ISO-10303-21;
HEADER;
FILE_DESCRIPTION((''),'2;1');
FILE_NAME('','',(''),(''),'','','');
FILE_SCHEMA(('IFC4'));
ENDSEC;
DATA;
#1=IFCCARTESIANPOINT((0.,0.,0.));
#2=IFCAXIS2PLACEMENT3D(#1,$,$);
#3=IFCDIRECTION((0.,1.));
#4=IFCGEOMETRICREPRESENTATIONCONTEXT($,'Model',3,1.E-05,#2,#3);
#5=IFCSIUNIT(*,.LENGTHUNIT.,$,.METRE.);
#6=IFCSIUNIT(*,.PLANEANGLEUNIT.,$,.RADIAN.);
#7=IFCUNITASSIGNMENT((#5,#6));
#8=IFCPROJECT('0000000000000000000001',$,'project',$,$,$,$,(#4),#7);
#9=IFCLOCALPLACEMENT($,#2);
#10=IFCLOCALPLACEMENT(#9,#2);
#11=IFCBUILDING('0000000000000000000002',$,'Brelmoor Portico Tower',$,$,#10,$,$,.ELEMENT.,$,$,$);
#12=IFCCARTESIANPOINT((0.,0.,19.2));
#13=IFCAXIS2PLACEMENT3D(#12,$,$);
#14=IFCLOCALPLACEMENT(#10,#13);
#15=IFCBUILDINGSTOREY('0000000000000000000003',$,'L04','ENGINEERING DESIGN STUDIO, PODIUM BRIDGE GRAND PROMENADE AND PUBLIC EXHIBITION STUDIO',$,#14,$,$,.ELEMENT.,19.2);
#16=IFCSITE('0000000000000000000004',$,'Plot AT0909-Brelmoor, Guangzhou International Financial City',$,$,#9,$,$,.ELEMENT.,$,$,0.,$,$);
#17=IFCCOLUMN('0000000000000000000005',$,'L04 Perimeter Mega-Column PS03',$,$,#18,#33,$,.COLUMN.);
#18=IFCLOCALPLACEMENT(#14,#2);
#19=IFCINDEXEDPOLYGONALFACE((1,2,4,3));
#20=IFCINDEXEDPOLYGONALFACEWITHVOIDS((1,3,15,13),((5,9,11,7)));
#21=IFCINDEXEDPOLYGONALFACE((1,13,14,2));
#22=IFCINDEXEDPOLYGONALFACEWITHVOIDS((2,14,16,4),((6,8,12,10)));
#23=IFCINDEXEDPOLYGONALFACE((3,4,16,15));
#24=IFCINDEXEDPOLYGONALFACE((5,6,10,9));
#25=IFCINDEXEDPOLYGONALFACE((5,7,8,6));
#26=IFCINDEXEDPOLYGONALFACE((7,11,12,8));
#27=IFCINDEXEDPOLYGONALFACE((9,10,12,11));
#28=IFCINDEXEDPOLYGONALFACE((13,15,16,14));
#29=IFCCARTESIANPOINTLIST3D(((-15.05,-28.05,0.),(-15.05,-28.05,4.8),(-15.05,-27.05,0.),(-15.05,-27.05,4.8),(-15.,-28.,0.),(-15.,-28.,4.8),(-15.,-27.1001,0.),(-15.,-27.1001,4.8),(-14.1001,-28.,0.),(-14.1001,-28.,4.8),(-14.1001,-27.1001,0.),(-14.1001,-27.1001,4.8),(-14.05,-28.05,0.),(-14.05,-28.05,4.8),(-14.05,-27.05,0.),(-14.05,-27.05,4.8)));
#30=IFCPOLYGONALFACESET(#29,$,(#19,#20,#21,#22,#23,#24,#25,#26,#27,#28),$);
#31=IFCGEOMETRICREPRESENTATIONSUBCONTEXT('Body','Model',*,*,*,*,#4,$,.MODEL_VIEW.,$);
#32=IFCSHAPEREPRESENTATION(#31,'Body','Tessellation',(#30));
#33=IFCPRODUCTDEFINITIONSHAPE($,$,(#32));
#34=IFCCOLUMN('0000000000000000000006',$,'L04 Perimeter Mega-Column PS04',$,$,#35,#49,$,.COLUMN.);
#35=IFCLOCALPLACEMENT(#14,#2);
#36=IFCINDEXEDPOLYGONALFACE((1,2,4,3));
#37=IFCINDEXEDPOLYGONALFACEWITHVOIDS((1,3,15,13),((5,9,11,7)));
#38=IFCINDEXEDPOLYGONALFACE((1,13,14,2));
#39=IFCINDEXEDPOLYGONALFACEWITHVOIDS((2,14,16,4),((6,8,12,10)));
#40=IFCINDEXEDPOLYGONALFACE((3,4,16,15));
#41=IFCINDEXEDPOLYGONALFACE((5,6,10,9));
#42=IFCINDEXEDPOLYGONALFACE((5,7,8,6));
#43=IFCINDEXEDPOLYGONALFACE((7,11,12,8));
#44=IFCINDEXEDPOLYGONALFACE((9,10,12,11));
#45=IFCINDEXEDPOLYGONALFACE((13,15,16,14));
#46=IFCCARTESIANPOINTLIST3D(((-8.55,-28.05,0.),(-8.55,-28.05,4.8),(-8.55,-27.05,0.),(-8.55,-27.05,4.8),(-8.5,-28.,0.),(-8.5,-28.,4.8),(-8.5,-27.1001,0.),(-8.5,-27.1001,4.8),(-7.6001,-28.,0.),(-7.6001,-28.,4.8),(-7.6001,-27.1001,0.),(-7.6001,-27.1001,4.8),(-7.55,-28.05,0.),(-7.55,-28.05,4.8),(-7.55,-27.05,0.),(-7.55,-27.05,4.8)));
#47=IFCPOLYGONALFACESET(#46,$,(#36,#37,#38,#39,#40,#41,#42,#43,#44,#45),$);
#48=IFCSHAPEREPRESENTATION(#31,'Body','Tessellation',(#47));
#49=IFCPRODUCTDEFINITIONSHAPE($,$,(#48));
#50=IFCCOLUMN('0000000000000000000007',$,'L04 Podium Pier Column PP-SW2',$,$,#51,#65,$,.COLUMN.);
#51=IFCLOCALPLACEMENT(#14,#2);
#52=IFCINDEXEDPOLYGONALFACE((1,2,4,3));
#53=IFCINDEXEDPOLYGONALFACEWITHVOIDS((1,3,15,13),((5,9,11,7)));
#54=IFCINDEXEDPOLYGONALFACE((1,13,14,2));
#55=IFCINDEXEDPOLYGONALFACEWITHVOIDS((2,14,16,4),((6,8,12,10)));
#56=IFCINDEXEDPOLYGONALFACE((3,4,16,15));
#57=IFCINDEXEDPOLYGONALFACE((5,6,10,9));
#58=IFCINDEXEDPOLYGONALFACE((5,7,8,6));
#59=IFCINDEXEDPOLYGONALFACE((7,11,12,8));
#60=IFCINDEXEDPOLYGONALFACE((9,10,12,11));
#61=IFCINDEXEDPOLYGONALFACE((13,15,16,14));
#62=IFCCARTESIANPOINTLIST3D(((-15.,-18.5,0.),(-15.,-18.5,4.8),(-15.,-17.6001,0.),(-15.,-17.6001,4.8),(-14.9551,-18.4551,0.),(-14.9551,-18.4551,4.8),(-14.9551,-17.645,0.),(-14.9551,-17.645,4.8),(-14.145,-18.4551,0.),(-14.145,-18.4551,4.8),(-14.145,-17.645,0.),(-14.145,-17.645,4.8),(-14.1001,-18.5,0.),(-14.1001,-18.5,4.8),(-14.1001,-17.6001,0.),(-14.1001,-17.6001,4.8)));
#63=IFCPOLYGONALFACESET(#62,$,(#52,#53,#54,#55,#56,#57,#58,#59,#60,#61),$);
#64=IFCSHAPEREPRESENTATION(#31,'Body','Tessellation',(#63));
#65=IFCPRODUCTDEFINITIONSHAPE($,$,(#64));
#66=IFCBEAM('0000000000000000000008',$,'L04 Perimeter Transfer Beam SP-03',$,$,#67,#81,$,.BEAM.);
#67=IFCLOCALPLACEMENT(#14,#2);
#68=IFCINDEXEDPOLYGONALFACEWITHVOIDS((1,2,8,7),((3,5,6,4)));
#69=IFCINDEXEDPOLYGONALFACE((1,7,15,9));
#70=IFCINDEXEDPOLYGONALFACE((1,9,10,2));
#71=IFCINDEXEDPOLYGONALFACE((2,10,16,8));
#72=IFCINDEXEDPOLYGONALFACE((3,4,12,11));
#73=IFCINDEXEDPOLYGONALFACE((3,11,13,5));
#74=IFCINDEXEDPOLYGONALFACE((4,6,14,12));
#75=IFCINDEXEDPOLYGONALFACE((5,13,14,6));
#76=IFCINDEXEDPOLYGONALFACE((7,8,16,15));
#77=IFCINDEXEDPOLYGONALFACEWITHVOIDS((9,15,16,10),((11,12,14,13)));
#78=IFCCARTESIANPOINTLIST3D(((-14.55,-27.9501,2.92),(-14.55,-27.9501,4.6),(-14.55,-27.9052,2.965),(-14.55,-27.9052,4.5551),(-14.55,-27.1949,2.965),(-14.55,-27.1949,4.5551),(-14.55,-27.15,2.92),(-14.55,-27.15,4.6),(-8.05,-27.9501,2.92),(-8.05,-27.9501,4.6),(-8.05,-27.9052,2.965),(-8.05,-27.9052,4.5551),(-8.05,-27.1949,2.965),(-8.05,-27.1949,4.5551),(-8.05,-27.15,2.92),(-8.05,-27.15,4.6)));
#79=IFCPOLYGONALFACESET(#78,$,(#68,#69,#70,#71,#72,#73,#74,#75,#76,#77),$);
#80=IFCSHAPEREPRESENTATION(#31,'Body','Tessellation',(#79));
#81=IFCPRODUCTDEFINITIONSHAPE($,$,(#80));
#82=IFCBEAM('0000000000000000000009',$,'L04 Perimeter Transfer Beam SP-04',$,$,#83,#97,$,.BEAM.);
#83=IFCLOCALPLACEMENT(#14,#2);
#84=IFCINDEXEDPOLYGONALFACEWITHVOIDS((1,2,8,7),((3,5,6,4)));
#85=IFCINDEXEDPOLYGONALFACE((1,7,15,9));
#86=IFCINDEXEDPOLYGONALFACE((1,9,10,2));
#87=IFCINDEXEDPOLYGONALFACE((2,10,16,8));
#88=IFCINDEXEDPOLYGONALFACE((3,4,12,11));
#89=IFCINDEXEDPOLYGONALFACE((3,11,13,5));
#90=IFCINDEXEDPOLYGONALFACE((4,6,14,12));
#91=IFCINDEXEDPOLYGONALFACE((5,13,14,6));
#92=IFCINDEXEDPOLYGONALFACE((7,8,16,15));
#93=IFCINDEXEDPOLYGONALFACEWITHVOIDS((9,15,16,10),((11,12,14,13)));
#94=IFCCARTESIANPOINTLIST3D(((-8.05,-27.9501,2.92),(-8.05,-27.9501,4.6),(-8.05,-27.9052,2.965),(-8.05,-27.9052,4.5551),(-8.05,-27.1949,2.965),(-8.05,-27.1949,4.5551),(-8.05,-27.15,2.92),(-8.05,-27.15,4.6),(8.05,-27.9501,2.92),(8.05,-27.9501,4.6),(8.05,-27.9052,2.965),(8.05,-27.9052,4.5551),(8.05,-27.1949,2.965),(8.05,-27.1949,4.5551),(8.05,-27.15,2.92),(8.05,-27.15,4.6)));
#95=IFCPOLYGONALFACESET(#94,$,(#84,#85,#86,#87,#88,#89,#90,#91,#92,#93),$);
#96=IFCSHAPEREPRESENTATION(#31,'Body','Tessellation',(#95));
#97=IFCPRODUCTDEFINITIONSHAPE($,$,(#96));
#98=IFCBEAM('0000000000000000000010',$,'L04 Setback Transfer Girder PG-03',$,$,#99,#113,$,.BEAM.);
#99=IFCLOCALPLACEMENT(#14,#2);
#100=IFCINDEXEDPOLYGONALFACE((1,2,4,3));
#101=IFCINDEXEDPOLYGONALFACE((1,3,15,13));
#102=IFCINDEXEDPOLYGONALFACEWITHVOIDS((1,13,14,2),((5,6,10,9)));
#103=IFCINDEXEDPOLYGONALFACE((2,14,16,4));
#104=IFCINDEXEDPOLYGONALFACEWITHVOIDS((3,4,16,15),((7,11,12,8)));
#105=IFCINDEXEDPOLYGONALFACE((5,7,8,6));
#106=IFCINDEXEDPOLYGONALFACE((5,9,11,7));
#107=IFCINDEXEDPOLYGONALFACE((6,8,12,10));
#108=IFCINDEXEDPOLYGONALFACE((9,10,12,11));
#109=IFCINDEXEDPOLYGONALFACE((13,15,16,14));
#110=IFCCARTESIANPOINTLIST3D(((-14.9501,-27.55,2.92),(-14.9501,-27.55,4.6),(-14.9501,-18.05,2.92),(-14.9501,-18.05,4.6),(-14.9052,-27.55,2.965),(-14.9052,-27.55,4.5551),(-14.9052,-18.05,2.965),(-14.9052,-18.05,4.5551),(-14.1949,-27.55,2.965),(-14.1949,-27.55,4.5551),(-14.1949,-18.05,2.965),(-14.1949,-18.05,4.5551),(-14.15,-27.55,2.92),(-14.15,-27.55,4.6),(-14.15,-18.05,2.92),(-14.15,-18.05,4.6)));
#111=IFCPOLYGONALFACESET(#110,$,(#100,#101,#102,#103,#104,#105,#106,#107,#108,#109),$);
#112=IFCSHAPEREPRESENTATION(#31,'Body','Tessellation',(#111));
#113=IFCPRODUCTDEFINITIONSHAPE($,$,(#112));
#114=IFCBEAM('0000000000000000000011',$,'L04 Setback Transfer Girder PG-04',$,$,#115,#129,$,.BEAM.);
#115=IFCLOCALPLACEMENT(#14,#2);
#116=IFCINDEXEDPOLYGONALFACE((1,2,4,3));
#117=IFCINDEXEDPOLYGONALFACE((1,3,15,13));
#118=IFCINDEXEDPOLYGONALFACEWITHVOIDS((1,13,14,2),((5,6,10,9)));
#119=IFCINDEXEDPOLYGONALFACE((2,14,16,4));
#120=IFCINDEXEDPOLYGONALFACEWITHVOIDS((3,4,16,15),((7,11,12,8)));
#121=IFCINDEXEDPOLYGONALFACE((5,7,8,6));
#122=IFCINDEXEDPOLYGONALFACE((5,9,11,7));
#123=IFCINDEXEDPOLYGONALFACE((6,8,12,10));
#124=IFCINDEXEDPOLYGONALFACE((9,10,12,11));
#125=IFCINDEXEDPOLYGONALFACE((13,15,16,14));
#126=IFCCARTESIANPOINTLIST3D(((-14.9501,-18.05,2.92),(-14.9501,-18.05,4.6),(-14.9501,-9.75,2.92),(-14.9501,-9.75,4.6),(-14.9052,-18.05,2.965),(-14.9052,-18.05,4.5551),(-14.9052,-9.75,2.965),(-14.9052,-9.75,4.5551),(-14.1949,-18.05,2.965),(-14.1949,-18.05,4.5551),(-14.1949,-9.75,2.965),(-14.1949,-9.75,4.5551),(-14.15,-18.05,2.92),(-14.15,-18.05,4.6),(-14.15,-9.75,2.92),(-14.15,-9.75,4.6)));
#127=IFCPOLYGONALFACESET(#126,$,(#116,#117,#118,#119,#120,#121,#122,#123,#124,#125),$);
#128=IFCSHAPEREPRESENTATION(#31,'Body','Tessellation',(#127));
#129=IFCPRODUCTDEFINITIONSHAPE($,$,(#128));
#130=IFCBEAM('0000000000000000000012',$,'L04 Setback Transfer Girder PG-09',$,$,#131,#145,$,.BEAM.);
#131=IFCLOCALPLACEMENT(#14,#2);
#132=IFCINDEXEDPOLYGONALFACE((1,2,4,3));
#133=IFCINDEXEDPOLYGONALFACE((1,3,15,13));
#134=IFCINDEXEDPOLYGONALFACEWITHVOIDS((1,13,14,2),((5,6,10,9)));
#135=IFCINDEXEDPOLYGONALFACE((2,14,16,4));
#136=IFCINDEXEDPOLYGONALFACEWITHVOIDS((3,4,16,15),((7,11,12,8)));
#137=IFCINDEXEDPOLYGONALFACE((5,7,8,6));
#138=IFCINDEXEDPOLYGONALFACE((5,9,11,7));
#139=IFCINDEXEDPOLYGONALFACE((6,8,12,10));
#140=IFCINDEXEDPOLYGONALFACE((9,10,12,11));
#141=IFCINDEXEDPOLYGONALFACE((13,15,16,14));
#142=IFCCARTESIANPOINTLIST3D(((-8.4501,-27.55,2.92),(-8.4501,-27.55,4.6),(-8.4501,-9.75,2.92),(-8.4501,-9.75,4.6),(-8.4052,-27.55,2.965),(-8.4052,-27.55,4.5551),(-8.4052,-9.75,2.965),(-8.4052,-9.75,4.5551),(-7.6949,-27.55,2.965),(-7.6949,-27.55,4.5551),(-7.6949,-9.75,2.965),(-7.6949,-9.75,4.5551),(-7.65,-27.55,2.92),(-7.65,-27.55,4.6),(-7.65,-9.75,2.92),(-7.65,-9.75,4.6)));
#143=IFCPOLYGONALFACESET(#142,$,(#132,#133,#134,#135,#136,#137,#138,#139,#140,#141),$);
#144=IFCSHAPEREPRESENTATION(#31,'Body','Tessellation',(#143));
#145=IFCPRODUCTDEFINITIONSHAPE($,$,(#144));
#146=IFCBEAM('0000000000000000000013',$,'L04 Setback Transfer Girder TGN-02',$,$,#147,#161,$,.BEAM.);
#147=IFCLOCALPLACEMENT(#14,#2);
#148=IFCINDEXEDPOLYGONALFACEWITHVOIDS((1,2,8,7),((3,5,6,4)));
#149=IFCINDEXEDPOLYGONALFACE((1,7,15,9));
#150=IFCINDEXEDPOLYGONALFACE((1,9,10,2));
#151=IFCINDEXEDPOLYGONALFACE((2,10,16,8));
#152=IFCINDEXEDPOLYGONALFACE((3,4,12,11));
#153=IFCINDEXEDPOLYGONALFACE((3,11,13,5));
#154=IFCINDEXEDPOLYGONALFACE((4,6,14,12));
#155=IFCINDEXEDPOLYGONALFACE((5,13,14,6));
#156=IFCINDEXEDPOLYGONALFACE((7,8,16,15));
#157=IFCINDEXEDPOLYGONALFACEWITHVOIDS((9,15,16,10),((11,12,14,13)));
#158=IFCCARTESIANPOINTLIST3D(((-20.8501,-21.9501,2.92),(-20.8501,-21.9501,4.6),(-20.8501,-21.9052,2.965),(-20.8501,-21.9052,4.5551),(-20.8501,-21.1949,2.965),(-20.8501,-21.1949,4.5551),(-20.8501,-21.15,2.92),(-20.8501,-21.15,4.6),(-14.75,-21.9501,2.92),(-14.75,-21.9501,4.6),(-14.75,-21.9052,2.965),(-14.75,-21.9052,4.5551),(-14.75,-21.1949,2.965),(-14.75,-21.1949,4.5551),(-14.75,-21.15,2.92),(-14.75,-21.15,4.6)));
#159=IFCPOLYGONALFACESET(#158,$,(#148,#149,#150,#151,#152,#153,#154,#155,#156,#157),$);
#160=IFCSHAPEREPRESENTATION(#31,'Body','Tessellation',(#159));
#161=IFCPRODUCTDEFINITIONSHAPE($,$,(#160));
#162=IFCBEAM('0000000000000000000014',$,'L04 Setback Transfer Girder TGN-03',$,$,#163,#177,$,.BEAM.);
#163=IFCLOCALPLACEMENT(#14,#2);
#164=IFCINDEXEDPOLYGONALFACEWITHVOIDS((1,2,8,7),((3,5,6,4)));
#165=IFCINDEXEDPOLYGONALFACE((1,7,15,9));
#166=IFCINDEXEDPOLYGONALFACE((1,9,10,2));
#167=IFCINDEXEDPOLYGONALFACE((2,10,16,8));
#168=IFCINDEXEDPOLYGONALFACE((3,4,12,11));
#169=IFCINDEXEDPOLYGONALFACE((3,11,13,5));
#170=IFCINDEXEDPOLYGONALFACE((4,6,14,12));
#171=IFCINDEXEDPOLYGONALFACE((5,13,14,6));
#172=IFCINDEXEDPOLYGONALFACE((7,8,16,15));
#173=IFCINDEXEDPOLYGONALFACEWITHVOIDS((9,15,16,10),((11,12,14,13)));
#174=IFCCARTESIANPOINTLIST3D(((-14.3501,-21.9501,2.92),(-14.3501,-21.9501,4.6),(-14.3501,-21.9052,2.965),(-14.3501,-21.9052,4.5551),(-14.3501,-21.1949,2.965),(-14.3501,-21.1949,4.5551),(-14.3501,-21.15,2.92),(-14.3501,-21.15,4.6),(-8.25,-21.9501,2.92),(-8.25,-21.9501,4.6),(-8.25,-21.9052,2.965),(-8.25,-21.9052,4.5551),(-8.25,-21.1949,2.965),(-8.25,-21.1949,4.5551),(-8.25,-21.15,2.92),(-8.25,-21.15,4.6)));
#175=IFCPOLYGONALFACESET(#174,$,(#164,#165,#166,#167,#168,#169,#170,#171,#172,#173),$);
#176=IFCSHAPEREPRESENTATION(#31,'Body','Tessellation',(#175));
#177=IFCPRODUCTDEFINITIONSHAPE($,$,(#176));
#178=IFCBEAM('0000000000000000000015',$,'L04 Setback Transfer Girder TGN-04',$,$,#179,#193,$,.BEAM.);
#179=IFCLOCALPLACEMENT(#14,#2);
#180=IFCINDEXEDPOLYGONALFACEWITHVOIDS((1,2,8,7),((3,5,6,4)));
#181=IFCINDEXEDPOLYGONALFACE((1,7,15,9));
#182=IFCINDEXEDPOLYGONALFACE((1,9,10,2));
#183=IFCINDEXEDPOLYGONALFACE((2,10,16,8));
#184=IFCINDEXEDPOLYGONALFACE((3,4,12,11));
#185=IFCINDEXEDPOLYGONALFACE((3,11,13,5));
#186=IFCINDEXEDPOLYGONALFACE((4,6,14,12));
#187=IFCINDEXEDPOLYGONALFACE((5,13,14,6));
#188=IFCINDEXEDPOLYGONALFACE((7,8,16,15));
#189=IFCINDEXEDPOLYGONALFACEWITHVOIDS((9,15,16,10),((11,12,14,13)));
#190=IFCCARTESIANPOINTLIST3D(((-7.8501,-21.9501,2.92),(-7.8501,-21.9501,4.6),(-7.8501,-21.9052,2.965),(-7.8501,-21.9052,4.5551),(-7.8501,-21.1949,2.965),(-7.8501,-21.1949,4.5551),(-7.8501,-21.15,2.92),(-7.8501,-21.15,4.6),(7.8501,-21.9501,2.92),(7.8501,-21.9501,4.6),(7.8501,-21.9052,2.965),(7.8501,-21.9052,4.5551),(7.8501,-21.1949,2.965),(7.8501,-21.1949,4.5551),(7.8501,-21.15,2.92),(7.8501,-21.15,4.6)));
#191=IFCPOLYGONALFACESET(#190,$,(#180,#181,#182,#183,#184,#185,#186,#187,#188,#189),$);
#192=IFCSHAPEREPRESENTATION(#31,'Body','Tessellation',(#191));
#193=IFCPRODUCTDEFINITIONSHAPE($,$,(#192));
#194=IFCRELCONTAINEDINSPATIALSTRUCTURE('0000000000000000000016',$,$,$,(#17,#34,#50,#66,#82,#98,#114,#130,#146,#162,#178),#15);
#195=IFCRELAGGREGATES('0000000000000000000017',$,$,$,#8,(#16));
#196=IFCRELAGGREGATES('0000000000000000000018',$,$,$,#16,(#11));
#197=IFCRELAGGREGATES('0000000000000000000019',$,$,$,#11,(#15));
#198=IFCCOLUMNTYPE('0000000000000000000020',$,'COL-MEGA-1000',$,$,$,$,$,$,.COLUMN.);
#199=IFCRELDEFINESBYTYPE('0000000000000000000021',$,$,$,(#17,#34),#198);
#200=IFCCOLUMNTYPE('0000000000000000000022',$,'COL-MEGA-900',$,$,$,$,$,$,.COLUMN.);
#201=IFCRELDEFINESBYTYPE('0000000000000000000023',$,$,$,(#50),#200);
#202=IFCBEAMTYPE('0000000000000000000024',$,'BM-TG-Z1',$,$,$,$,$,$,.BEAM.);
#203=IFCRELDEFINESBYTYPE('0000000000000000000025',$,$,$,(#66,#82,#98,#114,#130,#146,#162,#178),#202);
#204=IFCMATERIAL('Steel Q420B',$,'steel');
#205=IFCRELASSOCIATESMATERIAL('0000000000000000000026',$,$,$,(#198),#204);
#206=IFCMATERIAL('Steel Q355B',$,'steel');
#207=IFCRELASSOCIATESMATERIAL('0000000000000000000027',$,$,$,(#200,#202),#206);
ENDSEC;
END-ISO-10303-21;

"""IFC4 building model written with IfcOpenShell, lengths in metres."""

from ifc_helpers import new_model, si_unit, direction, frame, origin, origin_2d, place, context, subcontext, project, spatial, hollow_rectangle, extrude, material, material_profile, profile_set, type_object, element, save


model = new_model("IFC4")

# Units and contexts
model_context = context("Model", 3, precision=1e-05, world=origin(), true_north=direction((0.0, 1.0)))
body_context = subcontext(model_context, "Body", "Model", "MODEL_VIEW")
ifc_project = project(units=[si_unit("LENGTHUNIT", "METRE"), si_unit("PLANEANGLEUNIT", "RADIAN")], contexts=[model_context])

# Site, building, storey
site_placement = place(None, origin())
site = spatial("IfcSite", under=ifc_project, at=site_placement, Name="Plot AT0909-Brelmoor, Guangzhou International Financial City", CompositionType="ELEMENT", RefElevation=0.0)
building_placement = place(site_placement, origin())
building = spatial("IfcBuilding", under=site, at=building_placement, Name="Brelmoor Portico Tower", CompositionType="ELEMENT")
storey_placement = place(building_placement, frame((0.0, 0.0, 19.2)))
storey = spatial("IfcBuildingStorey", under=building, at=storey_placement, Name="L04", Description="ENGINEERING DESIGN STUDIO, PODIUM BRIDGE GRAND PROMENADE AND PUBLIC EXHIBITION STUDIO", CompositionType="ELEMENT", Elevation=19.2)

# Columns
ifc_material_1 = material(Name="Steel Q420B", Category="steel")
ifc_material_profile_1 = material_profile(ifc_material_1, hollow_rectangle(XDim=1.0, YDim=1.0, WallThickness=0.05, at=origin_2d()), Name="BOX 1000x1000x50")
ifc_profile_set_1 = profile_set([ifc_material_profile_1], Name="Steel Q420B")
column_type_1 = type_object("IfcColumnType", Name="COL-MEGA-1000", PredefinedType="COLUMN", material=ifc_profile_set_1)
for number, where, z_axis, x_axis, name in (
    (1, (-14.55, -27.55, 0.0), (0.0, 0.0, 1.0), (1.0, 0.0, 0.0), "L04 Perimeter Mega-Column PS03"),
    (2, (-8.05, -27.55, 0.0), (0.0, 0.0, 1.0), (1.0, 0.0, 0.0), "L04 Perimeter Mega-Column PS04"),
):
    element("IfcColumn", number, at=place(storey_placement, frame(where, z_axis=z_axis, x_axis=x_axis)), inside=storey, type_object=column_type_1, Name=name, PredefinedType="COLUMN", context=body_context, shape_type="SweptSolid", body=[
        extrude(hollow_rectangle(XDim=1.0, YDim=1.0, WallThickness=0.05, at=origin_2d()), origin(), (0.0, 0.0, 1.0), 4.8),
    ])
ifc_material_2 = material(Name="Steel Q355B", Category="steel")
ifc_material_profile_2 = material_profile(ifc_material_2, hollow_rectangle(XDim=0.8999, YDim=0.8999, WallThickness=0.0449, at=origin_2d()), Name="BOX 900x900x45")
ifc_profile_set_2 = profile_set([ifc_material_profile_2], Name="Steel Q355B")
column_type_2 = type_object("IfcColumnType", Name="COL-MEGA-900", PredefinedType="COLUMN", material=ifc_profile_set_2)
column_placement = place(storey_placement, frame((-14.55, -18.05, 0.0), z_axis=(0.0, 0.0, 1.0), x_axis=(1.0, 0.0, 0.0)))
element("IfcColumn", 3, at=column_placement, inside=storey, type_object=column_type_2, Name="L04 Podium Pier Column PP-SW2", PredefinedType="COLUMN", context=body_context, shape_type="SweptSolid", body=[
    extrude(hollow_rectangle(XDim=0.8999, YDim=0.8999, WallThickness=0.0449, at=origin_2d()), origin(), (0.0, 0.0, 1.0), 4.8),
])

# Beams
ifc_material_profile_3 = material_profile(ifc_material_2, hollow_rectangle(XDim=0.8, YDim=1.6799, WallThickness=0.0449, at=origin_2d()), Name="BOX 800x1680x45")
ifc_profile_set_3 = profile_set([ifc_material_profile_3], Name="Steel Q355B")
beam_type = type_object("IfcBeamType", Name="BM-TG-Z1", PredefinedType="BEAM", material=ifc_profile_set_3)
beam_1_placement = place(storey_placement, frame((-14.55, -27.55, 3.76), z_axis=(1.0, 0.0, 0.0), x_axis=(0.0, 1.0, 0.0)))
element("IfcBeam", 4, at=beam_1_placement, inside=storey, type_object=beam_type, Name="L04 Perimeter Transfer Beam SP-03", PredefinedType="BEAM", context=body_context, shape_type="SweptSolid", body=[
    extrude(hollow_rectangle(XDim=0.8, YDim=1.6799, WallThickness=0.0449, at=origin_2d()), origin(), (0.0, 0.0, 1.0), 6.5),
])
beam_2_placement = place(storey_placement, frame((-8.05, -27.55, 3.76), z_axis=(1.0, 0.0, 0.0), x_axis=(0.0, 1.0, 0.0)))
element("IfcBeam", 5, at=beam_2_placement, inside=storey, type_object=beam_type, Name="L04 Perimeter Transfer Beam SP-04", PredefinedType="BEAM", context=body_context, shape_type="SweptSolid", body=[
    extrude(hollow_rectangle(XDim=0.8, YDim=1.6799, WallThickness=0.0449, at=origin_2d()), origin(), (0.0, 0.0, 1.0), 16.1001),
])
beam_3_placement = place(storey_placement, frame((-14.55, -27.55, 3.76), z_axis=(0.0, 1.0, 0.0), x_axis=(-1.0, 0.0, 0.0)))
element("IfcBeam", 6, at=beam_3_placement, inside=storey, type_object=beam_type, Name="L04 Setback Transfer Girder PG-03", PredefinedType="BEAM", context=body_context, shape_type="SweptSolid", body=[
    extrude(hollow_rectangle(XDim=0.8, YDim=1.6799, WallThickness=0.0449, at=origin_2d()), origin(), (0.0, 0.0, 1.0), 9.5),
])
beam_4_placement = place(storey_placement, frame((-14.55, -18.05, 3.76), z_axis=(0.0, 1.0, 0.0), x_axis=(-1.0, 0.0, 0.0)))
element("IfcBeam", 7, at=beam_4_placement, inside=storey, type_object=beam_type, Name="L04 Setback Transfer Girder PG-04", PredefinedType="BEAM", context=body_context, shape_type="SweptSolid", body=[
    extrude(hollow_rectangle(XDim=0.8, YDim=1.6799, WallThickness=0.0449, at=origin_2d()), origin(), (0.0, 0.0, 1.0), 8.3),
])
beam_5_placement = place(storey_placement, frame((-8.05, -27.55, 3.76), z_axis=(0.0, 1.0, 0.0), x_axis=(-1.0, 0.0, 0.0)))
element("IfcBeam", 8, at=beam_5_placement, inside=storey, type_object=beam_type, Name="L04 Setback Transfer Girder PG-09", PredefinedType="BEAM", context=body_context, shape_type="SweptSolid", body=[
    extrude(hollow_rectangle(XDim=0.8, YDim=1.6799, WallThickness=0.0449, at=origin_2d()), origin(), (0.0, 0.0, 1.0), 17.8),
])
for number, where, z_axis, x_axis, name in (
    (9, (-20.8501, -21.55, 3.76), (1.0, 0.0, 0.0), (0.0, 1.0, 0.0), "L04 Setback Transfer Girder TGN-02"),
    (10, (-14.3501, -21.55, 3.76), (1.0, 0.0, 0.0), (0.0, 1.0, 0.0), "L04 Setback Transfer Girder TGN-03"),
):
    element("IfcBeam", number, at=place(storey_placement, frame(where, z_axis=z_axis, x_axis=x_axis)), inside=storey, type_object=beam_type, Name=name, PredefinedType="BEAM", context=body_context, shape_type="SweptSolid", body=[
        extrude(hollow_rectangle(XDim=0.8, YDim=1.6799, WallThickness=0.0449, at=origin_2d()), origin(), (0.0, 0.0, 1.0), 6.1001),
    ])
beam_6_placement = place(storey_placement, frame((-7.8501, -21.55, 3.76), z_axis=(1.0, 0.0, 0.0), x_axis=(0.0, 1.0, 0.0)))
element("IfcBeam", 11, at=beam_6_placement, inside=storey, type_object=beam_type, Name="L04 Setback Transfer Girder TGN-04", PredefinedType="BEAM", context=body_context, shape_type="SweptSolid", body=[
    extrude(hollow_rectangle(XDim=0.8, YDim=1.6799, WallThickness=0.0449, at=origin_2d()), origin(), (0.0, 0.0, 1.0), 15.7002),
])

save(model, "model.ifc")
